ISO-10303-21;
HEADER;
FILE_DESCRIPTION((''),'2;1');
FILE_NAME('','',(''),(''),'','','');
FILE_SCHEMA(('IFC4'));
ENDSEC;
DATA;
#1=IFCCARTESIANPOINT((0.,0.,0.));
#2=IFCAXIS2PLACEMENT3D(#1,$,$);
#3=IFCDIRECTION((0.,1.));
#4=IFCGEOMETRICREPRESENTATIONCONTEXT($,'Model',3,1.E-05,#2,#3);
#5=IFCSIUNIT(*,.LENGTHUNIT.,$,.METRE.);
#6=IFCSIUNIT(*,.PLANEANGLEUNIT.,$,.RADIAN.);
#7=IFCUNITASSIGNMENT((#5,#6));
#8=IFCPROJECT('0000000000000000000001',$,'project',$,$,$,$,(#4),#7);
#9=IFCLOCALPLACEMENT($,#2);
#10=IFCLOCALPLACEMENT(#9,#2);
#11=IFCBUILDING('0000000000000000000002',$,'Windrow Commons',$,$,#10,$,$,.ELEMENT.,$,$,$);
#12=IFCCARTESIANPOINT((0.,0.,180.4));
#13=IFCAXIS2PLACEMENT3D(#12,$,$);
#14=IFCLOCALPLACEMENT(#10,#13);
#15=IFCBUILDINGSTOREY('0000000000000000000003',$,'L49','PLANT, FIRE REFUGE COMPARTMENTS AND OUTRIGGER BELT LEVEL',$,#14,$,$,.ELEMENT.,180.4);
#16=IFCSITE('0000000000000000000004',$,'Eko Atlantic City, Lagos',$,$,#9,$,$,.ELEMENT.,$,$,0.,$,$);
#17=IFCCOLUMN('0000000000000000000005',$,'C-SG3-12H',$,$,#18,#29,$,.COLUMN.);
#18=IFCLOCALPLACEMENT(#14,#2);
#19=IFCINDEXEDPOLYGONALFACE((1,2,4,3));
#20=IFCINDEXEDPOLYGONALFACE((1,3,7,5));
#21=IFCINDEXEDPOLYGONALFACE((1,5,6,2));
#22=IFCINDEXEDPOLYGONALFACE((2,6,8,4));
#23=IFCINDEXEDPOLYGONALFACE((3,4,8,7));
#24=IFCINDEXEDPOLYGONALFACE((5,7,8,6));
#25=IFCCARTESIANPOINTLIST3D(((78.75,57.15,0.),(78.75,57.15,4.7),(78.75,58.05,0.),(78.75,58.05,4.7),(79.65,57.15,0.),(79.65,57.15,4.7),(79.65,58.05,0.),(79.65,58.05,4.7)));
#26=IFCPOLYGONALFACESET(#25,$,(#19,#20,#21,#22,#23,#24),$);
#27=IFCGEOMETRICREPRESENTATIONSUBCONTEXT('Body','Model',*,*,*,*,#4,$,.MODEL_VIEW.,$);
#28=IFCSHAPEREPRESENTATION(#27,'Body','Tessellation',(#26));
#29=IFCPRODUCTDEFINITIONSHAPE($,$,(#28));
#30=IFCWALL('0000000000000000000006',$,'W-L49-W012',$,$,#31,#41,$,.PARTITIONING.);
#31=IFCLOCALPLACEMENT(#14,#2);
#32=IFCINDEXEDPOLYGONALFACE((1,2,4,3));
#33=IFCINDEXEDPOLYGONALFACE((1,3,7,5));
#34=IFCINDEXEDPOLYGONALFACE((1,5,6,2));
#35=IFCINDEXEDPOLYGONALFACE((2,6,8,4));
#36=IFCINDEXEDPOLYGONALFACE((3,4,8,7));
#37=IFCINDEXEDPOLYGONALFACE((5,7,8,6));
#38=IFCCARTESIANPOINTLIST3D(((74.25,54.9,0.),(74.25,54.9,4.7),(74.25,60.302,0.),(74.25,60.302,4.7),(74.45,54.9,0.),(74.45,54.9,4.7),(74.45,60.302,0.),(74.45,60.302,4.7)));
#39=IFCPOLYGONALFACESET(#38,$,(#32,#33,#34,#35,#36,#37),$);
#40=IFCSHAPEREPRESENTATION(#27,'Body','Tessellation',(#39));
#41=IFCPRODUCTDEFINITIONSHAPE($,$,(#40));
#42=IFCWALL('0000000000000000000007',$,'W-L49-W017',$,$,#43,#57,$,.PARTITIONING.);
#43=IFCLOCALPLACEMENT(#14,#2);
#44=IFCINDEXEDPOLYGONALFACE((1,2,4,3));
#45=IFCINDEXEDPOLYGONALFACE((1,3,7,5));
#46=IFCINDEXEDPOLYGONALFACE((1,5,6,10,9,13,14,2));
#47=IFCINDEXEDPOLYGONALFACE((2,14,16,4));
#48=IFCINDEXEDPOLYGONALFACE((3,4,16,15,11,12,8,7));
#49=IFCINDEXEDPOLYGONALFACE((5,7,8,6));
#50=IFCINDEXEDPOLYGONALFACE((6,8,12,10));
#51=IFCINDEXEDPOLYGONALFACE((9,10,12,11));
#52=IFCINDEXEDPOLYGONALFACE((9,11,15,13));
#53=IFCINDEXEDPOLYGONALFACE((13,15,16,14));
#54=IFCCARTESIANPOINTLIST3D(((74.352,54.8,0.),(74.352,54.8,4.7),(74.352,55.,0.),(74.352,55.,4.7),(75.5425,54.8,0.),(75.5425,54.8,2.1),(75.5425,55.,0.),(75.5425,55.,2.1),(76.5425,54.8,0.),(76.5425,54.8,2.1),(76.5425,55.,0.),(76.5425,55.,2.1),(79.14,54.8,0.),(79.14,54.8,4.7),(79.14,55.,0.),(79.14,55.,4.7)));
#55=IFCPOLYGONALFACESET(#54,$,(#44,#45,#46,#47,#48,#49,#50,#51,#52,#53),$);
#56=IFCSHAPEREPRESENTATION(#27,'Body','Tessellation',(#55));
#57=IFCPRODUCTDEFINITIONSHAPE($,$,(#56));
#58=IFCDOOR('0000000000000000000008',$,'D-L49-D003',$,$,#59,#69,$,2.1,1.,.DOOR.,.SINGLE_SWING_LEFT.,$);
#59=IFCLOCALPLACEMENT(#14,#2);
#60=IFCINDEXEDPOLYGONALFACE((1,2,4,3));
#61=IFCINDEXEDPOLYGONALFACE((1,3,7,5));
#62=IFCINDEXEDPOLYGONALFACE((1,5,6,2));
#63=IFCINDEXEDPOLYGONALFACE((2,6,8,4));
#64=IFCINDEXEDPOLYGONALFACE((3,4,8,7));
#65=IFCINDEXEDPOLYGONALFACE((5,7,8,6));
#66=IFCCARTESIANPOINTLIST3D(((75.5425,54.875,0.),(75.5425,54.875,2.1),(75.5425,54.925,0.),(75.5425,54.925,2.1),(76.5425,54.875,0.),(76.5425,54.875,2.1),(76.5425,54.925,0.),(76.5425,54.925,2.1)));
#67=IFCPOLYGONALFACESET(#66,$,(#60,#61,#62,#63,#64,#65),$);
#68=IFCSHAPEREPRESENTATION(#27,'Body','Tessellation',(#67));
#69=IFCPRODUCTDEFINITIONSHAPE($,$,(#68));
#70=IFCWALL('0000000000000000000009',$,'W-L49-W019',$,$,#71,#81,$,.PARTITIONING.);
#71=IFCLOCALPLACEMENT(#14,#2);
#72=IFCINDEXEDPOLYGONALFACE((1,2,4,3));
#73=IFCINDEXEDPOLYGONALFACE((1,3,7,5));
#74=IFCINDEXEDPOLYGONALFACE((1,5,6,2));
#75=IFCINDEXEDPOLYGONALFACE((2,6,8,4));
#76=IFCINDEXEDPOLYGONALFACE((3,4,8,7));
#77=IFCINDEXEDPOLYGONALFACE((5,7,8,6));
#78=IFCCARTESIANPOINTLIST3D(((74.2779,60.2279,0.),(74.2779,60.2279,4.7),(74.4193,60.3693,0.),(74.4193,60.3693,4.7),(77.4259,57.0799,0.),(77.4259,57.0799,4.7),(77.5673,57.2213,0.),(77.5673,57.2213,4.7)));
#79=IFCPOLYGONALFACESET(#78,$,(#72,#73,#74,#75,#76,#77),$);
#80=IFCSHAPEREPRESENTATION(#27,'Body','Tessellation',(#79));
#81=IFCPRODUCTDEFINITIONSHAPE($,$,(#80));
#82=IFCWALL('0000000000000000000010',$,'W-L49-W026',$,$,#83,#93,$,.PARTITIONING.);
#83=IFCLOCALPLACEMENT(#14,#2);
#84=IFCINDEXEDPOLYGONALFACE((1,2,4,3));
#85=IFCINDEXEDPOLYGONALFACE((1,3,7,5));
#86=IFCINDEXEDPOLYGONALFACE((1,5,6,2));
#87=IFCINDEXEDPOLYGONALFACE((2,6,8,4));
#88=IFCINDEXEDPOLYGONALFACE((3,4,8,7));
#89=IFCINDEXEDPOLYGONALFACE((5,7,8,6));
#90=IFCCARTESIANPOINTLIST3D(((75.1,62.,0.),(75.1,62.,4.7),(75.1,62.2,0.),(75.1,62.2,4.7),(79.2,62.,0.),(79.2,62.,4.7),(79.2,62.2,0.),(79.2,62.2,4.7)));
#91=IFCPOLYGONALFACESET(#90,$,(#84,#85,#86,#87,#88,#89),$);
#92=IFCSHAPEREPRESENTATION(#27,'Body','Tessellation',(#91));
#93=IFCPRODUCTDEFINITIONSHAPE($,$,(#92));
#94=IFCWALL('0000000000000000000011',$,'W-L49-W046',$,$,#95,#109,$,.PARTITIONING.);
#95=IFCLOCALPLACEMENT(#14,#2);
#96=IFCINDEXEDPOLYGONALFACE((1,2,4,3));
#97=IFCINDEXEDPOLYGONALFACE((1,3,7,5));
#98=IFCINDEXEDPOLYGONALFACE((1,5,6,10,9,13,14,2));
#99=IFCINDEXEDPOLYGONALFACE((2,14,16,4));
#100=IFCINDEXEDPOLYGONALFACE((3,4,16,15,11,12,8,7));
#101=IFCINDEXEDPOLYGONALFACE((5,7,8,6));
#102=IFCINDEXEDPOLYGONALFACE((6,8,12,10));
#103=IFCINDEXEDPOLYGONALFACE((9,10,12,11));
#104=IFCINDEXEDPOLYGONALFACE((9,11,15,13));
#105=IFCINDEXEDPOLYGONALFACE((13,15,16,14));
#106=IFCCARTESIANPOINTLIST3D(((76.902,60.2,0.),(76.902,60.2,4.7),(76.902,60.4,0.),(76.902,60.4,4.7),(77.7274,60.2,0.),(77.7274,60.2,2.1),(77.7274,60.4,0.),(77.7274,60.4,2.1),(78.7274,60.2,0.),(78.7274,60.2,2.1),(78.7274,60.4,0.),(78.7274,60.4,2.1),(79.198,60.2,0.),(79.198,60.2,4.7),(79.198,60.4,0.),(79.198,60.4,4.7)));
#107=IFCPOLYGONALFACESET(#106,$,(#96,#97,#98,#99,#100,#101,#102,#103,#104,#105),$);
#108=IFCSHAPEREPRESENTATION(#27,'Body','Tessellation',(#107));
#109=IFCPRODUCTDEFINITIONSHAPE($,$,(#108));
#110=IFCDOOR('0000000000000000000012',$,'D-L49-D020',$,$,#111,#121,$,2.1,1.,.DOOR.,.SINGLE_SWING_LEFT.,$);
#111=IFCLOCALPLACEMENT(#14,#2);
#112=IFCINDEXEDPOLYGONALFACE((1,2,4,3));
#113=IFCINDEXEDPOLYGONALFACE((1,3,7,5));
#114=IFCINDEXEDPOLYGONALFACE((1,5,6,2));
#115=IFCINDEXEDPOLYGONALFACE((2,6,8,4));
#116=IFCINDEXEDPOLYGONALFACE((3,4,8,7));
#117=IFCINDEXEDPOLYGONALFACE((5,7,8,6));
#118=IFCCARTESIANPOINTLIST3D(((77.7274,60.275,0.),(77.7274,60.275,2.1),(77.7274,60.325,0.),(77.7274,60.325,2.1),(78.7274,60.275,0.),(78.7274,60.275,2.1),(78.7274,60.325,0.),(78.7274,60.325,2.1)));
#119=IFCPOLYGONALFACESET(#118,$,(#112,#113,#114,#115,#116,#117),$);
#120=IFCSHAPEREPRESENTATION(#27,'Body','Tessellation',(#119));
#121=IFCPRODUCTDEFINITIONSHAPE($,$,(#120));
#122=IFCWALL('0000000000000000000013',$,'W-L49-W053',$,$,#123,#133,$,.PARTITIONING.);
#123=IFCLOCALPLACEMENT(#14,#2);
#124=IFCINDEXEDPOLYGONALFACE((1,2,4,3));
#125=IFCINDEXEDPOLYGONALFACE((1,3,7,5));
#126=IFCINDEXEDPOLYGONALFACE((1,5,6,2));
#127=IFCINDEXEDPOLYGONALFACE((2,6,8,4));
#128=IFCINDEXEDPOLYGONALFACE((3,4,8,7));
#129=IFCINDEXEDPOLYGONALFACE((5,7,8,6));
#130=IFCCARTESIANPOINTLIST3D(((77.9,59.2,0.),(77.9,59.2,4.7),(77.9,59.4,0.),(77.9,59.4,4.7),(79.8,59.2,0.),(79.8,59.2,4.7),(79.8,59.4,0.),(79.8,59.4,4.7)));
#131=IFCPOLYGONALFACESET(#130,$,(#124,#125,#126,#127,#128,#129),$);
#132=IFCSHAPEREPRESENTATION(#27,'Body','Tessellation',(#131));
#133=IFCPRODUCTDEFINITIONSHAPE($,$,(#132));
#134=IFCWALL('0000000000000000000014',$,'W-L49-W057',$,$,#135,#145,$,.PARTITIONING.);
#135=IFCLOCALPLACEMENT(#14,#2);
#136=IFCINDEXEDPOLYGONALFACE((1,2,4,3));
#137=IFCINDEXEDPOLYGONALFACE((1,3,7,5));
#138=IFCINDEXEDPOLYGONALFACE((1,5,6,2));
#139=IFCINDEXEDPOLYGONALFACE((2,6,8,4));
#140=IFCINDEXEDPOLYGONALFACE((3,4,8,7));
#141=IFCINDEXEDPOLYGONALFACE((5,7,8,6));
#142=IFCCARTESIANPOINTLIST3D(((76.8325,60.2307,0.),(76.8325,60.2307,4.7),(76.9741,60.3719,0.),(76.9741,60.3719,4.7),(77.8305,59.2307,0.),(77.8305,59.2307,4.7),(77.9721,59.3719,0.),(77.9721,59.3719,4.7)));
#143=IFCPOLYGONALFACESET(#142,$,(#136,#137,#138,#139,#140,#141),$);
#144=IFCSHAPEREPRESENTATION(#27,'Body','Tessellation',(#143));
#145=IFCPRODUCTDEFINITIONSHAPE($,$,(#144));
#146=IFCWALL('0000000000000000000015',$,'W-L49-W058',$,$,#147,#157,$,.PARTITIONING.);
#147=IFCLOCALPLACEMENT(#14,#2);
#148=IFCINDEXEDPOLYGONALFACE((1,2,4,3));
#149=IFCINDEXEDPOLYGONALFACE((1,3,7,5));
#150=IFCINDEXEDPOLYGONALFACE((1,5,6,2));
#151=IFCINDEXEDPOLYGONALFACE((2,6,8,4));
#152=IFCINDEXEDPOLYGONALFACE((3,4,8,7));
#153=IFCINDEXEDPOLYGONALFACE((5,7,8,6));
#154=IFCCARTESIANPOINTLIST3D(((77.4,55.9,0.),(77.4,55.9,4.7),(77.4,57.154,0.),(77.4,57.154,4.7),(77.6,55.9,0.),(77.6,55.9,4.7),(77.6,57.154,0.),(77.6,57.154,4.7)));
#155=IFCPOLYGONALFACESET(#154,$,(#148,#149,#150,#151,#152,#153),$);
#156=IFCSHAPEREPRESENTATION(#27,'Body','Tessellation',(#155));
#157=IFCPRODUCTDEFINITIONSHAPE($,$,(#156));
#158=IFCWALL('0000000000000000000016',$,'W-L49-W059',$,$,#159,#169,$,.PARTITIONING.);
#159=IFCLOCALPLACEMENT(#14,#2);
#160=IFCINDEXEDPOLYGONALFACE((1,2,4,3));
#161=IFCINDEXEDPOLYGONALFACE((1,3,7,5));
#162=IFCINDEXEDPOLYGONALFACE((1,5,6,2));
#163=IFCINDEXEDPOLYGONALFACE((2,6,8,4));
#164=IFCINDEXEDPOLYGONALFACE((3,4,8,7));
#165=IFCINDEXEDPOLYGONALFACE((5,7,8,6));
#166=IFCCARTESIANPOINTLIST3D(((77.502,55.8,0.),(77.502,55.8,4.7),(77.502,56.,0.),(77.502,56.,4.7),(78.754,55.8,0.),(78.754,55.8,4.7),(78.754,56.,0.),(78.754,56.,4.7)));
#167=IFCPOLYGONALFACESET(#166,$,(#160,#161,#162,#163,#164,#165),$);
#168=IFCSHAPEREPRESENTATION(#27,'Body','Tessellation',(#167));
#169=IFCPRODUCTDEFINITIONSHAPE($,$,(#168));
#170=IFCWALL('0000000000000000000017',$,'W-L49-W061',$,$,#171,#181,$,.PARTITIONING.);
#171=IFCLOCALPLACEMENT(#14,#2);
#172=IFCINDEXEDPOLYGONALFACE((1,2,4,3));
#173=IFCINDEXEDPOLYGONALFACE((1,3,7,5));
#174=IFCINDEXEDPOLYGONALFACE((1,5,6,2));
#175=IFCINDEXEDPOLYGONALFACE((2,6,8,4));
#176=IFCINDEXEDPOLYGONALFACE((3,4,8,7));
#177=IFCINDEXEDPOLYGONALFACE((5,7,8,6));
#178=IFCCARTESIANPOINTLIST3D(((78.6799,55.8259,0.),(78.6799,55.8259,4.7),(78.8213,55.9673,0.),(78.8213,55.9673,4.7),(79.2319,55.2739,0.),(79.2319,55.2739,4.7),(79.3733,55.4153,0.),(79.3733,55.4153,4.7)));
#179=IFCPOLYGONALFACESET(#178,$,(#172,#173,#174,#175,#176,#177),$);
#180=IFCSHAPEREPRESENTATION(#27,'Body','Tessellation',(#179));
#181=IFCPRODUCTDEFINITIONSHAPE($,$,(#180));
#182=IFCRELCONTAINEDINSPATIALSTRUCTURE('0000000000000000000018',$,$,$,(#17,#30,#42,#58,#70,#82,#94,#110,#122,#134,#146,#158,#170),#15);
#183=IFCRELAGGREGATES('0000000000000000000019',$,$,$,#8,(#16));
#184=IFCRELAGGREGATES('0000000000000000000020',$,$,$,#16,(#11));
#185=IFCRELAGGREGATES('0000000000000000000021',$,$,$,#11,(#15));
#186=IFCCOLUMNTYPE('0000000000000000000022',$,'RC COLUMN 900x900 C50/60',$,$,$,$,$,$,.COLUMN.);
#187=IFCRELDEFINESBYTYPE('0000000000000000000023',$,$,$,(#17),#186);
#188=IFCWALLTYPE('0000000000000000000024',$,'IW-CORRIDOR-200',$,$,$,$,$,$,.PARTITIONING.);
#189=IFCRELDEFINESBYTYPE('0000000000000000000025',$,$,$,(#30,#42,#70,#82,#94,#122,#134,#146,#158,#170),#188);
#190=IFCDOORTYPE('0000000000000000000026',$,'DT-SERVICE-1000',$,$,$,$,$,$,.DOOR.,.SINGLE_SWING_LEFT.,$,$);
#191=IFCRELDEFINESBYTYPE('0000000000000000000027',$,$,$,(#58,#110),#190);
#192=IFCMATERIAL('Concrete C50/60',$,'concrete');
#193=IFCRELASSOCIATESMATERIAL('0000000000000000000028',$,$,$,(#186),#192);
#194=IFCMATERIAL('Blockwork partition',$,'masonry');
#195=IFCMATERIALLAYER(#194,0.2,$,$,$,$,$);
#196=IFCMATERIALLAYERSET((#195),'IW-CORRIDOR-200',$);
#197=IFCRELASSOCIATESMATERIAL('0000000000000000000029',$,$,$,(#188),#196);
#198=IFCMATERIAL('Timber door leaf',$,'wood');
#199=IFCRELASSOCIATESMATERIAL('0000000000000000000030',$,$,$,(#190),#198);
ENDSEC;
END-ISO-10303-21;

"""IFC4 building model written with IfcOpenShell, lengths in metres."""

from ifc_helpers import new_model, si_unit, direction, frame, frame_2d, origin, origin_2d, place, context, subcontext, project, spatial, rectangle, extrude, material, layer, layer_set, material_profile, profile_set, type_object, element, fill, save


model = new_model("IFC4")

# Units and contexts
model_context = context("Model", 3, precision=1e-05, world=origin(), true_north=direction((0.0, 1.0)))
body_context = subcontext(model_context, "Body", "Model", "MODEL_VIEW")
ifc_project = project(units=[si_unit("LENGTHUNIT", "METRE"), si_unit("PLANEANGLEUNIT", "RADIAN")], contexts=[model_context])

# Site, building, storey
site_placement = place(None, origin())
site = spatial("IfcSite", under=ifc_project, at=site_placement, Name="Eko Atlantic City, Lagos", CompositionType="ELEMENT", RefElevation=0.0)
building_placement = place(site_placement, origin())
building = spatial("IfcBuilding", under=site, at=building_placement, Name="Windrow Commons", CompositionType="ELEMENT")
storey_placement = place(building_placement, frame((0.0, 0.0, 180.4)))
storey = spatial("IfcBuildingStorey", under=building, at=storey_placement, Name="L49", Description="PLANT, FIRE REFUGE COMPARTMENTS AND OUTRIGGER BELT LEVEL", CompositionType="ELEMENT", Elevation=180.4)

# Column
ifc_material_1 = material(Name="Concrete C50/60", Category="concrete")
ifc_material_profile = material_profile(ifc_material_1, rectangle(XDim=0.9, YDim=0.9, at=origin_2d()))
ifc_profile_set = profile_set([ifc_material_profile], Name="Concrete C50/60")
column_type = type_object("IfcColumnType", Name="RC COLUMN 900x900 C50/60", PredefinedType="COLUMN", material=ifc_profile_set)
column_placement = place(storey_placement, frame((79.2, 57.6, 0.0), z_axis=(0.0, 0.0, 1.0), x_axis=(1.0, 0.0, 0.0)))
element("IfcColumn", 1, at=column_placement, inside=storey, type_object=column_type, Name="C-SG3-12H", PredefinedType="COLUMN", context=body_context, shape_type="SweptSolid", body=[
    extrude(rectangle(XDim=0.9, YDim=0.9, at=origin_2d()), origin(), (0.0, 0.0, 1.0), 4.7),
])

# Wall
ifc_material_2 = material(Name="Blockwork partition", Category="masonry")
ifc_layer_1 = layer(ifc_material_2, 0.2)
ifc_layer_set_1 = layer_set([ifc_layer_1], Name="IW-CORRIDOR-200")
wall_type_1 = type_object("IfcWallType", Name="IW-CORRIDOR-200", PredefinedType="PARTITIONING", material=ifc_layer_set_1)
wall_1_placement = place(storey_placement, frame((74.35, 54.9, 0.0), z_axis=(0.0, 0.0, 1.0), x_axis=(0.0, 1.0, 0.0)))
element("IfcWall", 2, at=wall_1_placement, inside=storey, type_object=wall_type_1, Name="W-L49-W012", PredefinedType="PARTITIONING", context=body_context, shape_type="SweptSolid", body=[
    extrude(rectangle(XDim=5.402, YDim=0.2, at=frame_2d((2.701, 0.0))), origin(), (0.0, 0.0, 1.0), 4.7),
])

# Wall, opening, door
wall_2_placement = place(storey_placement, frame((74.352, 54.9, 0.0), z_axis=(0.0, 0.0, 1.0), x_axis=(1.0, 0.0, 0.0)))
wall_2 = element("IfcWall", 3, at=wall_2_placement, inside=storey, type_object=wall_type_1, Name="W-L49-W017", PredefinedType="PARTITIONING", context=body_context, shape_type="SweptSolid", body=[
    extrude(rectangle(XDim=4.788, YDim=0.2, at=frame_2d((2.394, 0.0))), origin(), (0.0, 0.0, 1.0), 4.7),
])
opening_1_placement = place(wall_2_placement, frame((1.1905, 0.0, 0.0)))
opening_1 = element("IfcOpeningElement", 4, at=opening_1_placement, cuts=wall_2, PredefinedType="OPENING", context=body_context, shape_type="SweptSolid", body=[
    extrude(rectangle(XDim=1.0, YDim=2.1, at=frame_2d((0.5, 1.05))), frame((0.0, 0.11, 0.0), z_axis=(0.0, -1.0, 0.0), x_axis=(1.0, 0.0, 0.0)), (0.0, 0.0, 1.0), 0.22),
])
ifc_material_3 = material(Name="Timber door leaf", Category="wood")
door_type = type_object("IfcDoorType", Name="DT-SERVICE-1000", OperationType="SINGLE_SWING_LEFT", PredefinedType="DOOR", material=ifc_material_3)
door_1_placement = place(opening_1_placement, origin())
door_1 = element("IfcDoor", 5, at=door_1_placement, inside=storey, type_object=door_type, Name="D-L49-D003", OperationType="SINGLE_SWING_LEFT", OverallHeight=2.1, OverallWidth=1.0, PredefinedType="DOOR", context=body_context, shape_type="SweptSolid", body=[
    extrude(rectangle(XDim=1.0, YDim=2.1, at=frame_2d((0.5, 1.05))), frame((0.0, 0.025, 0.0), z_axis=(0.0, -1.0, 0.0), x_axis=(1.0, 0.0, 0.0)), (0.0, 0.0, 1.0), 0.05),
])
fill(opening_1, door_1)

# Walls
wall_3_placement = place(storey_placement, frame((74.3486, 60.2986, 0.0), z_axis=(0.0, 0.0, 1.0), x_axis=(0.707107, -0.707107, 0.0)))
element("IfcWall", 6, at=wall_3_placement, inside=storey, type_object=wall_type_1, Name="W-L49-W019", PredefinedType="PARTITIONING", context=body_context, shape_type="SweptSolid", body=[
    extrude(rectangle(XDim=4.4519, YDim=0.2, at=frame_2d((2.226, 0.0))), origin(), (0.0, 0.0, 1.0), 4.7),
])
wall_4_placement = place(storey_placement, frame((75.1, 62.1, 0.0), z_axis=(0.0, 0.0, 1.0), x_axis=(1.0, 0.0, 0.0)))
element("IfcWall", 7, at=wall_4_placement, inside=storey, type_object=wall_type_1, Name="W-L49-W026", PredefinedType="PARTITIONING", context=body_context, shape_type="SweptSolid", body=[
    extrude(rectangle(XDim=4.1, YDim=0.2, at=frame_2d((2.05, 0.0))), origin(), (0.0, 0.0, 1.0), 4.7),
])

# Wall, opening, door
wall_5_placement = place(storey_placement, frame((76.902, 60.3, 0.0), z_axis=(0.0, 0.0, 1.0), x_axis=(1.0, 0.0, 0.0)))
wall_5 = element("IfcWall", 8, at=wall_5_placement, inside=storey, type_object=wall_type_1, Name="W-L49-W046", PredefinedType="PARTITIONING", context=body_context, shape_type="SweptSolid", body=[
    extrude(rectangle(XDim=2.296, YDim=0.2, at=frame_2d((1.148, 0.0))), origin(), (0.0, 0.0, 1.0), 4.7),
])
opening_2_placement = place(wall_5_placement, frame((0.8254, 0.0, 0.0)))
opening_2 = element("IfcOpeningElement", 9, at=opening_2_placement, cuts=wall_5, PredefinedType="OPENING", context=body_context, shape_type="SweptSolid", body=[
    extrude(rectangle(XDim=1.0, YDim=2.1, at=frame_2d((0.5, 1.05))), frame((0.0, 0.11, 0.0), z_axis=(0.0, -1.0, 0.0), x_axis=(1.0, 0.0, 0.0)), (0.0, 0.0, 1.0), 0.22),
])
door_2_placement = place(opening_2_placement, origin())
door_2 = element("IfcDoor", 10, at=door_2_placement, inside=storey, type_object=door_type, Name="D-L49-D020", OperationType="SINGLE_SWING_LEFT", OverallHeight=2.1, OverallWidth=1.0, PredefinedType="DOOR", context=body_context, shape_type="SweptSolid", body=[
    extrude(rectangle(XDim=1.0, YDim=2.1, at=frame_2d((0.5, 1.05))), frame((0.0, 0.025, 0.0), z_axis=(0.0, -1.0, 0.0), x_axis=(1.0, 0.0, 0.0)), (0.0, 0.0, 1.0), 0.05),
])
fill(opening_2, door_2)

# Walls
wall_6_placement = place(storey_placement, frame((77.9, 59.3, 0.0), z_axis=(0.0, 0.0, 1.0), x_axis=(1.0, 0.0, 0.0)))
element("IfcWall", 11, at=wall_6_placement, inside=storey, type_object=wall_type_1, Name="W-L49-W053", PredefinedType="PARTITIONING", context=body_context, shape_type="SweptSolid", body=[
    extrude(rectangle(XDim=1.9, YDim=0.2, at=frame_2d((0.95, 0.0))), origin(), (0.0, 0.0, 1.0), 4.7),
])
wall_7_placement = place(storey_placement, frame((76.9033, 60.3013, 0.0), z_axis=(0.0, 0.0, 1.0), x_axis=(0.706399, -0.707814, 0.0)))
element("IfcWall", 12, at=wall_7_placement, inside=storey, type_object=wall_type_1, Name="W-L49-W057", PredefinedType="PARTITIONING", context=body_context, shape_type="SweptSolid", body=[
    extrude(rectangle(XDim=1.4128, YDim=0.2, at=frame_2d((0.7064, 0.0))), origin(), (0.0, 0.0, 1.0), 4.7),
])
wall_8_placement = place(storey_placement, frame((77.5, 55.9, 0.0), z_axis=(0.0, 0.0, 1.0), x_axis=(0.0, 1.0, 0.0)))
element("IfcWall", 13, at=wall_8_placement, inside=storey, type_object=wall_type_1, Name="W-L49-W058", PredefinedType="PARTITIONING", context=body_context, shape_type="SweptSolid", body=[
    extrude(rectangle(XDim=1.254, YDim=0.2, at=frame_2d((0.627, 0.0))), origin(), (0.0, 0.0, 1.0), 4.7),
])
wall_9_placement = place(storey_placement, frame((77.502, 55.9, 0.0), z_axis=(0.0, 0.0, 1.0), x_axis=(1.0, 0.0, 0.0)))
element("IfcWall", 14, at=wall_9_placement, inside=storey, type_object=wall_type_1, Name="W-L49-W059", PredefinedType="PARTITIONING", context=body_context, shape_type="SweptSolid", body=[
    extrude(rectangle(XDim=1.252, YDim=0.2, at=frame_2d((0.626, 0.0))), origin(), (0.0, 0.0, 1.0), 4.7),
])
wall_10_placement = place(storey_placement, frame((78.7506, 55.8966, 0.0), z_axis=(0.0, 0.0, 1.0), x_axis=(0.707107, -0.707107, 0.0)))
element("IfcWall", 15, at=wall_10_placement, inside=storey, type_object=wall_type_1, Name="W-L49-W061", PredefinedType="PARTITIONING", context=body_context, shape_type="SweptSolid", body=[
    extrude(rectangle(XDim=0.7806, YDim=0.2, at=frame_2d((0.3903, 0.0))), origin(), (0.0, 0.0, 1.0), 4.7),
])

save(model, "model.ifc")
